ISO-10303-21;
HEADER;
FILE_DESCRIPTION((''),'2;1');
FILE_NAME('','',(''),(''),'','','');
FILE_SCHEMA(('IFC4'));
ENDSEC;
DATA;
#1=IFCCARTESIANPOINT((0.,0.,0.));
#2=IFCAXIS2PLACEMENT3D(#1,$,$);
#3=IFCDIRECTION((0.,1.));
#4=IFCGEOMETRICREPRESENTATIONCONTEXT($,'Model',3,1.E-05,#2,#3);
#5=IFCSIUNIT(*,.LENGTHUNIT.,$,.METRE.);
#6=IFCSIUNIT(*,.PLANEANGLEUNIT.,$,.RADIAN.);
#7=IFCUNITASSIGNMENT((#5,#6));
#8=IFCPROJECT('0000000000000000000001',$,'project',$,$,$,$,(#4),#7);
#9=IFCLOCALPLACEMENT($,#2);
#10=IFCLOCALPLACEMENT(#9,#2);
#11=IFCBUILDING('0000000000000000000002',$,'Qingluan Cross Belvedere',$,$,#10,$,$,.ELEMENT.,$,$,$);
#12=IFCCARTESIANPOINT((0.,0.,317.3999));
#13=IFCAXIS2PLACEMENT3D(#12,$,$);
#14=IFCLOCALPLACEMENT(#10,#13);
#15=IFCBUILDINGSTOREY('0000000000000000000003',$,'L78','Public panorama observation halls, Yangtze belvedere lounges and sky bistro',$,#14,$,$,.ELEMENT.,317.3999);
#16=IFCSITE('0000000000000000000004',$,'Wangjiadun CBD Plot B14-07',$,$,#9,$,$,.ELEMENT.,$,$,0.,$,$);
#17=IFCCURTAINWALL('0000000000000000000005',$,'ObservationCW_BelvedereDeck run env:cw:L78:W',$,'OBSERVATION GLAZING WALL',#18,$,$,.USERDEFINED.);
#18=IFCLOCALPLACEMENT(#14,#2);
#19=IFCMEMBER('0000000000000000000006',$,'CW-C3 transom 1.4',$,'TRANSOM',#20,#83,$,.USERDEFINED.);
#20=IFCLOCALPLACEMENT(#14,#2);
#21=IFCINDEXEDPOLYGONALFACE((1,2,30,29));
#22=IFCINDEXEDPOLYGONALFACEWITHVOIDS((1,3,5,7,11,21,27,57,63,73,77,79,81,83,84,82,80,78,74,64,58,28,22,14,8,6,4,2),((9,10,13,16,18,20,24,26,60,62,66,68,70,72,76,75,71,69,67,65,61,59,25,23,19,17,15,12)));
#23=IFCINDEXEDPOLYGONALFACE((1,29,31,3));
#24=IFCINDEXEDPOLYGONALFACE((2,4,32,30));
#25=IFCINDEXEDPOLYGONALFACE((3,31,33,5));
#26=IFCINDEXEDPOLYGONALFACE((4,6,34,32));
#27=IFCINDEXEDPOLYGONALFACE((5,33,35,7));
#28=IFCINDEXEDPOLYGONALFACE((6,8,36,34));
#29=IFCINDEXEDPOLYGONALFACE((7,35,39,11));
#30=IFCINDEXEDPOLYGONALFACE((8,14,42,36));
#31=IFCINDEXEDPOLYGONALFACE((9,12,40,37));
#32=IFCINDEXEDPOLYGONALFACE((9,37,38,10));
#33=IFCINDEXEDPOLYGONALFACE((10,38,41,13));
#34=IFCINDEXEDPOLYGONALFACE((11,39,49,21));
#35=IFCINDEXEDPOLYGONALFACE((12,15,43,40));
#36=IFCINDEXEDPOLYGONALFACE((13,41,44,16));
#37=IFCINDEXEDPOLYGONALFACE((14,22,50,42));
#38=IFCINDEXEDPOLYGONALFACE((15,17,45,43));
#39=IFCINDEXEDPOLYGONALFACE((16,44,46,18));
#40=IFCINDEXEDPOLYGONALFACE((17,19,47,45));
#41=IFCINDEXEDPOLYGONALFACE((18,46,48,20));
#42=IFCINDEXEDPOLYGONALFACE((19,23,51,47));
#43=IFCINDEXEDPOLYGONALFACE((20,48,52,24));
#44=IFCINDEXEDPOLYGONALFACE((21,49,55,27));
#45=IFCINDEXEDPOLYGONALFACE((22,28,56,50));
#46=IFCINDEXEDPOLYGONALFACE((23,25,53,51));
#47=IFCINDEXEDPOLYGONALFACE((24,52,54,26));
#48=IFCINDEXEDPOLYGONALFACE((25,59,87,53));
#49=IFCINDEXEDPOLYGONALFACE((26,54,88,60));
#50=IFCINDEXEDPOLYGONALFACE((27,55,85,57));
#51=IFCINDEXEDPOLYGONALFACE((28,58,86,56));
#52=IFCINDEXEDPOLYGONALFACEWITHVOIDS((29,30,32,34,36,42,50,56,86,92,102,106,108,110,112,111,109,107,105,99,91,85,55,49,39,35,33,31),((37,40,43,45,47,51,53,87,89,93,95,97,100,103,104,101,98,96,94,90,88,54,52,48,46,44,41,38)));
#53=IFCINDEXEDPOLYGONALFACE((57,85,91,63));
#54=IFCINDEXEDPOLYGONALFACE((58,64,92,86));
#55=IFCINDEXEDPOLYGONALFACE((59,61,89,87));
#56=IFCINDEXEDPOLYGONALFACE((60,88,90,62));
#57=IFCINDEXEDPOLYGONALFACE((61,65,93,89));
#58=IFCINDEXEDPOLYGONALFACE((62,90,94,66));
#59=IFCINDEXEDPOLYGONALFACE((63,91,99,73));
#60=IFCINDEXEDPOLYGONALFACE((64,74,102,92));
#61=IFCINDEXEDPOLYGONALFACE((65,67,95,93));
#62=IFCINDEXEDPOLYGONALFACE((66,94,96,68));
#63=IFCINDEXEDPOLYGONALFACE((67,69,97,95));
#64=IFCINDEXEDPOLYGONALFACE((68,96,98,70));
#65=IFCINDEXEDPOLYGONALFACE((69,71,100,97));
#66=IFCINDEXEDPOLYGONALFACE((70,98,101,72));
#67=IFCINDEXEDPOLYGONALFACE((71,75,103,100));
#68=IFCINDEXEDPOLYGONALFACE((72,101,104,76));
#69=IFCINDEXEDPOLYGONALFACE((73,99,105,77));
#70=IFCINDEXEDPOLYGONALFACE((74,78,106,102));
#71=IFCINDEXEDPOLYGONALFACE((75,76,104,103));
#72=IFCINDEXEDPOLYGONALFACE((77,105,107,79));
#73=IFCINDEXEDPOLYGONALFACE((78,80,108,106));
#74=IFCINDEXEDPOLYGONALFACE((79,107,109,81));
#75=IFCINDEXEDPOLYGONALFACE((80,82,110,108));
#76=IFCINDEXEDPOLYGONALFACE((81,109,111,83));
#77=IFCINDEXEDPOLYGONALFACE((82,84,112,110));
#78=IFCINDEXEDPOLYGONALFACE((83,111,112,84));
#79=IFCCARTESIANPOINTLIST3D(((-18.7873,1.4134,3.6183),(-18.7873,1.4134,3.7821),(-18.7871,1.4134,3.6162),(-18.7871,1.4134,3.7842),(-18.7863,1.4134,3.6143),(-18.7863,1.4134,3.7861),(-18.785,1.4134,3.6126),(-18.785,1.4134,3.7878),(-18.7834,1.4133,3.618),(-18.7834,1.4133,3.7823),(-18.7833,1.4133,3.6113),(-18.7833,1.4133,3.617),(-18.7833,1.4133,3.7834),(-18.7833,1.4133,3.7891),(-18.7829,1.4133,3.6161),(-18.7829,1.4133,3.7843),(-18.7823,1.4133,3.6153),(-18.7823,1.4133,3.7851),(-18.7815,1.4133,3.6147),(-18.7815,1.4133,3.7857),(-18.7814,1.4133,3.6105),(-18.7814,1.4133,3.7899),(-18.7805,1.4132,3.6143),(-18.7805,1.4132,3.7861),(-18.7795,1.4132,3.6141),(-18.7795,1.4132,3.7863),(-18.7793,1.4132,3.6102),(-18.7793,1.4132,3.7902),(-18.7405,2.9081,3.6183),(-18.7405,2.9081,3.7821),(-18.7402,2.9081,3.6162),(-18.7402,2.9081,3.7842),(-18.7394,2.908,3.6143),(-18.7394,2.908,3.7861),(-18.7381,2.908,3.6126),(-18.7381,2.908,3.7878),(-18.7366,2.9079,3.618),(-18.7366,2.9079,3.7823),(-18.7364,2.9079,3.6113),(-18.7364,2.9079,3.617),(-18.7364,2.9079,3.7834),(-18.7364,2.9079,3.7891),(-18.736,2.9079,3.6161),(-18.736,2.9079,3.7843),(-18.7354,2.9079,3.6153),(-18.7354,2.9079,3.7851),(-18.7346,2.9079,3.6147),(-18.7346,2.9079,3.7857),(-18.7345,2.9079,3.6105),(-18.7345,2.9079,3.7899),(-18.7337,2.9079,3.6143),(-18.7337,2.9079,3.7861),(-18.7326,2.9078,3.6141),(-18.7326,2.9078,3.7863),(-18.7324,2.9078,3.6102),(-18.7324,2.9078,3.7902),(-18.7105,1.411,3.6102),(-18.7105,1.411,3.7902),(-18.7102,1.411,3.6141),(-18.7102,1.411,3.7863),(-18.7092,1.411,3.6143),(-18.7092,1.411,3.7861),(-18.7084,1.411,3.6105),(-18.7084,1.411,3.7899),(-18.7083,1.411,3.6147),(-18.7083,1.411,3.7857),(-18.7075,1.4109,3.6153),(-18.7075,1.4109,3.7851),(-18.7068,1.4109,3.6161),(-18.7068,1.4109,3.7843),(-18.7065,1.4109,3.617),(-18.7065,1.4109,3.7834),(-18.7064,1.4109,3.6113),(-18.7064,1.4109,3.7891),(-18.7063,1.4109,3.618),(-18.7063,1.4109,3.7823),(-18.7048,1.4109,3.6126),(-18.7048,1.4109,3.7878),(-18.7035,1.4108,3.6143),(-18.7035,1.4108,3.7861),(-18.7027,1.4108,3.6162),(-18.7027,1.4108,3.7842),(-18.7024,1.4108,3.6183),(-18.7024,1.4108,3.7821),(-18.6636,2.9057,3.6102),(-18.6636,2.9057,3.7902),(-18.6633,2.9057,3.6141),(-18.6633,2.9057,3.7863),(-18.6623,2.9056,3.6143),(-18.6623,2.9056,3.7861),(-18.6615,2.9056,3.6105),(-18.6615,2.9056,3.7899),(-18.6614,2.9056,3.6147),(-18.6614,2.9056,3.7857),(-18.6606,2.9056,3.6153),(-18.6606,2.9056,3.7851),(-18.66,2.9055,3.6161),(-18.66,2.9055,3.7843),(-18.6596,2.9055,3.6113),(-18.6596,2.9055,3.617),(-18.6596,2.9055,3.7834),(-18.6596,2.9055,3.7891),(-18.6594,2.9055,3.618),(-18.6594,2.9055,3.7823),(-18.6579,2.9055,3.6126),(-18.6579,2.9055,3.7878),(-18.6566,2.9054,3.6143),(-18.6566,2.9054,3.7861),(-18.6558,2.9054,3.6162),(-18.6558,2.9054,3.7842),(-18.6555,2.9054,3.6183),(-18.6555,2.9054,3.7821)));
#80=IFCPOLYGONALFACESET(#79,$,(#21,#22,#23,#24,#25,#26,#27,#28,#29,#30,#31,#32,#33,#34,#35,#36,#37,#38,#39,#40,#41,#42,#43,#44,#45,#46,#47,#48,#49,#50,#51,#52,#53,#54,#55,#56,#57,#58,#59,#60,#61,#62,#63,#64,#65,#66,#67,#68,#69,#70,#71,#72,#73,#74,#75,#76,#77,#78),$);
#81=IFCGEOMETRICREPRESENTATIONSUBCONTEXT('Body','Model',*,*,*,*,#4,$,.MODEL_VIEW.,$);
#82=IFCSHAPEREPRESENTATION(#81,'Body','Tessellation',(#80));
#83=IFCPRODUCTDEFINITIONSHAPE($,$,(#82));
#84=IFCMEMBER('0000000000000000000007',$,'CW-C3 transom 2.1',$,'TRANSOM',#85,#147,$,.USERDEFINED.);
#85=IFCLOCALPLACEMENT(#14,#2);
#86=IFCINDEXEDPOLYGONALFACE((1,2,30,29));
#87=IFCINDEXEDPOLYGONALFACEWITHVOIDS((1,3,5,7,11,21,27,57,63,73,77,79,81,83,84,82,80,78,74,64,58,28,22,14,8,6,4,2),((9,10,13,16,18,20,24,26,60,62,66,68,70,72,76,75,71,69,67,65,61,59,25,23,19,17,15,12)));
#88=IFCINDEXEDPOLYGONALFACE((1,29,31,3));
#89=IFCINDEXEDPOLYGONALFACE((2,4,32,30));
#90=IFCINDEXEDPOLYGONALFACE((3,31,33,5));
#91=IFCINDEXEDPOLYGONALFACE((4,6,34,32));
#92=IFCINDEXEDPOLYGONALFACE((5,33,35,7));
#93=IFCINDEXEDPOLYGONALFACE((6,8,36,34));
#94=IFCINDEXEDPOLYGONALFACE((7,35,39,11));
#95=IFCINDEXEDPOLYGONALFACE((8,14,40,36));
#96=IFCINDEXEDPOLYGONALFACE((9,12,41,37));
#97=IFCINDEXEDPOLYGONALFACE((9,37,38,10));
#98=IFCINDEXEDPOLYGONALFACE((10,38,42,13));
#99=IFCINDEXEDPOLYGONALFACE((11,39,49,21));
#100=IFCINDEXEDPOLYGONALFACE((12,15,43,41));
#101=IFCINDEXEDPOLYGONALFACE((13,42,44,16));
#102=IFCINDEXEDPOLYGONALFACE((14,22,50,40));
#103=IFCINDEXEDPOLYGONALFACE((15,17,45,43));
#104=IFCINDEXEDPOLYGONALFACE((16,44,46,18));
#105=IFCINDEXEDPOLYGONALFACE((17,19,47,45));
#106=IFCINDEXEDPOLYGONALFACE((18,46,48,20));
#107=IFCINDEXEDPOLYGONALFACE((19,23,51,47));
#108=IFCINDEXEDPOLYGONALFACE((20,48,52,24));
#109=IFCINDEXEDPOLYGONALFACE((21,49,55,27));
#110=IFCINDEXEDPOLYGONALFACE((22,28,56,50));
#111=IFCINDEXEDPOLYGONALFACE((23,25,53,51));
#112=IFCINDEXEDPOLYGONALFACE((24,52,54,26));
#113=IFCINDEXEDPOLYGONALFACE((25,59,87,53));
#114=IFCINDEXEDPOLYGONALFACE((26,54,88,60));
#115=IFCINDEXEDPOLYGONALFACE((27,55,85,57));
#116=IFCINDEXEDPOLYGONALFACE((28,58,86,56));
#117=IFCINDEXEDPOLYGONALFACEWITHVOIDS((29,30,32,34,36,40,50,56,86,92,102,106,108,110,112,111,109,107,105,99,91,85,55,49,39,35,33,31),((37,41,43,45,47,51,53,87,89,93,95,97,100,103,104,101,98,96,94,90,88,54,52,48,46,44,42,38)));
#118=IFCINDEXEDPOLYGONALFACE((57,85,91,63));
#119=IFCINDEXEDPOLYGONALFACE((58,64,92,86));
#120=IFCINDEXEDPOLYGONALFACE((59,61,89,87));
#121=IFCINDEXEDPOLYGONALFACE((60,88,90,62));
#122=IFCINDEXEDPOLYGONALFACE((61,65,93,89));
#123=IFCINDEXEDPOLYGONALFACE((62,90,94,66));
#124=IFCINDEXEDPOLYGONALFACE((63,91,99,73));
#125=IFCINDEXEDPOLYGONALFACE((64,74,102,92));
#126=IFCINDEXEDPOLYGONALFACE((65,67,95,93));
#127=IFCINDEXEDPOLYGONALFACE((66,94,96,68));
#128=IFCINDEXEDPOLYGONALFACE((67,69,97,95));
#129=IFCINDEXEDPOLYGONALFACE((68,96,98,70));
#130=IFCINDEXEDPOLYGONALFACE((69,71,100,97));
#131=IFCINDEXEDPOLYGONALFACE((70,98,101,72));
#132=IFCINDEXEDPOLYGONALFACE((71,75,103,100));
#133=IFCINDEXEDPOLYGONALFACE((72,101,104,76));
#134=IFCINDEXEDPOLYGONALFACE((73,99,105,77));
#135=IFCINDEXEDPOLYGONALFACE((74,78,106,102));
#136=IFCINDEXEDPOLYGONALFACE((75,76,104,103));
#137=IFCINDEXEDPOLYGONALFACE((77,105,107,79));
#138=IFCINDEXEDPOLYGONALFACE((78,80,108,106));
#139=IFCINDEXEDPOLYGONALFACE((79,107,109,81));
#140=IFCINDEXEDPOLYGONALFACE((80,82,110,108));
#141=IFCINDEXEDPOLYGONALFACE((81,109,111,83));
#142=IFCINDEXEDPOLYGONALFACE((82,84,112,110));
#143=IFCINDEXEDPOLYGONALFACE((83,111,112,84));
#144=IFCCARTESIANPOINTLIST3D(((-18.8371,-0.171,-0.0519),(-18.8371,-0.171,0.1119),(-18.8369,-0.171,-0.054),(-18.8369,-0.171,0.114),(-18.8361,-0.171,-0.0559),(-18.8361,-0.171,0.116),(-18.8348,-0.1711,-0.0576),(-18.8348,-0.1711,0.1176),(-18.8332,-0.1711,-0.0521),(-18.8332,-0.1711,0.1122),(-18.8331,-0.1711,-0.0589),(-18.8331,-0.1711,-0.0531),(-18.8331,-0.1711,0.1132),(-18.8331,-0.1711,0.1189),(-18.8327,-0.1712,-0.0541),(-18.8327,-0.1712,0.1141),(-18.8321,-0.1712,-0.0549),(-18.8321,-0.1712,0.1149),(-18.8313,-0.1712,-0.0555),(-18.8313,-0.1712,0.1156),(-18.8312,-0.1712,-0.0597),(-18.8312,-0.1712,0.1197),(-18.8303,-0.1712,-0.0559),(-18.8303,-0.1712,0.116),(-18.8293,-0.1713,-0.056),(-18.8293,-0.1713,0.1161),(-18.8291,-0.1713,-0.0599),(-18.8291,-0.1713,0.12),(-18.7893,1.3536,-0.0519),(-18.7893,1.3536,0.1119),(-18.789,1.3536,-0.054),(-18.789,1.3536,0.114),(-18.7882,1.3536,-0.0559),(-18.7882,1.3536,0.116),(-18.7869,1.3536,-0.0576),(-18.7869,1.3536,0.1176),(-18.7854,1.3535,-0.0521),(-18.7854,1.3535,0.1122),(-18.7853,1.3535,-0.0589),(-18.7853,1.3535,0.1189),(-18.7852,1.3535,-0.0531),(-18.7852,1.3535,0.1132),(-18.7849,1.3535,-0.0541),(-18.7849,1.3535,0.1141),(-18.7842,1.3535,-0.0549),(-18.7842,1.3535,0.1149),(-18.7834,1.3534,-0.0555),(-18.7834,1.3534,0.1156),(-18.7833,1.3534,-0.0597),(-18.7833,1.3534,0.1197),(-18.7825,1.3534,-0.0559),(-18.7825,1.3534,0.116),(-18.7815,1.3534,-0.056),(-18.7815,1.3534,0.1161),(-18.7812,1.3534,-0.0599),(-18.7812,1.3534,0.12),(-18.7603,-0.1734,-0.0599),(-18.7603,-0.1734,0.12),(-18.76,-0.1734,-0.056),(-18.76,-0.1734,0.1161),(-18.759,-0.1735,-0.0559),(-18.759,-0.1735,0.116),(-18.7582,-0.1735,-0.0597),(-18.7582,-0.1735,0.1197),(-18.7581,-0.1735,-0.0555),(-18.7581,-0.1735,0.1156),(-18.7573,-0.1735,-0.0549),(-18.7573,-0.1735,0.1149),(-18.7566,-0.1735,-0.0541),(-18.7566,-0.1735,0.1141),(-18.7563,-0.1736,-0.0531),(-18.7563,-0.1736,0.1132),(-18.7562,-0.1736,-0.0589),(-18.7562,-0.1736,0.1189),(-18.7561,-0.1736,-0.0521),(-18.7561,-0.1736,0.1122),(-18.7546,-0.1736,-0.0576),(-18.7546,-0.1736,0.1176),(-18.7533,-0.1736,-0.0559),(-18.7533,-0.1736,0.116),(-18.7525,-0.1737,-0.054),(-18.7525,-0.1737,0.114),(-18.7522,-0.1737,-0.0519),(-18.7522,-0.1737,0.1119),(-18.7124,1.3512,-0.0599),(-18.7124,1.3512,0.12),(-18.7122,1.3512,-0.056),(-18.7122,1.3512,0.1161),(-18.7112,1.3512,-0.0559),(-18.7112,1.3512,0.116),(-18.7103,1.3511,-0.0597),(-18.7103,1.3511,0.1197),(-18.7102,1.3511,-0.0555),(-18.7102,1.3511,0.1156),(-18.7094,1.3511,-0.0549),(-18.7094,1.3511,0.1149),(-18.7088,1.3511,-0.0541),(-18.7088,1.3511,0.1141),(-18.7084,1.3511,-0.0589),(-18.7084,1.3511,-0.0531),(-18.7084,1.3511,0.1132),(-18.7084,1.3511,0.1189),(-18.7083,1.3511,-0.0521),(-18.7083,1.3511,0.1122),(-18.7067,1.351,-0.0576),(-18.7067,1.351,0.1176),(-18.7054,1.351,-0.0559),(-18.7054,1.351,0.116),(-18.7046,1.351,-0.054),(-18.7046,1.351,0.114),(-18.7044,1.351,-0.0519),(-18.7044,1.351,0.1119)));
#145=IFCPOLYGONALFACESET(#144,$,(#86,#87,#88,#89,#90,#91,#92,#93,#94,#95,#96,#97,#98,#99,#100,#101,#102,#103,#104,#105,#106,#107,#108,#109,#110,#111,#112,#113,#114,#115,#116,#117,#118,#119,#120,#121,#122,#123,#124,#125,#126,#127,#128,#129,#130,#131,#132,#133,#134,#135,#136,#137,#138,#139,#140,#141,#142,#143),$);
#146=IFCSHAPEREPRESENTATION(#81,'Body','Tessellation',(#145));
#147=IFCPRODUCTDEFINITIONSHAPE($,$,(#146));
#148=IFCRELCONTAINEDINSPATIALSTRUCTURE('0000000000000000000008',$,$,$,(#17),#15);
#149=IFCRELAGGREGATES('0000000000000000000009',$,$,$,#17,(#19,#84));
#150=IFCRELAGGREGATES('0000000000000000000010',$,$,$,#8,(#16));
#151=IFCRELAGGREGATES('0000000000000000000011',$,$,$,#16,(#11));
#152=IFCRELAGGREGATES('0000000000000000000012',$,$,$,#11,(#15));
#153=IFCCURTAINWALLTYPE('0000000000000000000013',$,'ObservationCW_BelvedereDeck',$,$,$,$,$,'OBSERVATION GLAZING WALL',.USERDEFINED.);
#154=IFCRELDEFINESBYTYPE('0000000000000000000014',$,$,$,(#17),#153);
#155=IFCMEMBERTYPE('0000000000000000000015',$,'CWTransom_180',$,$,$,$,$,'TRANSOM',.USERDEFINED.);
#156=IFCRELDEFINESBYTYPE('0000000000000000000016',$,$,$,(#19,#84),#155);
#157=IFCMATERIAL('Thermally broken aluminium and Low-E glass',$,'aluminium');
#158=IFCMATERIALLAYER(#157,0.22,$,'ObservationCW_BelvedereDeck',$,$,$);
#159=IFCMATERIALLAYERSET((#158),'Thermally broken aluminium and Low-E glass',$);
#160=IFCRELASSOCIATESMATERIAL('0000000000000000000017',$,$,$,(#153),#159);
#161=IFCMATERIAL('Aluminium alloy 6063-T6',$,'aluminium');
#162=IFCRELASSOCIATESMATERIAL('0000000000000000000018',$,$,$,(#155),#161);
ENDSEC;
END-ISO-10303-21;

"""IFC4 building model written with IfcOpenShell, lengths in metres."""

from ifc_helpers import new_model, si_unit, direction, frame, origin, origin_2d, place, context, subcontext, project, spatial, hollow_rectangle, extrude, material, layer, layer_set, material_profile, profile_set, type_object, element, aggregate, save


model = new_model("IFC4")

# Units and contexts
model_context = context("Model", 3, precision=1e-05, world=origin(), true_north=direction((0.0, 1.0)))
body_context = subcontext(model_context, "Body", "Model", "MODEL_VIEW")
ifc_project = project(units=[si_unit("LENGTHUNIT", "METRE"), si_unit("PLANEANGLEUNIT", "RADIAN")], contexts=[model_context])

# Site, building, storey
site_placement = place(None, origin())
site = spatial("IfcSite", under=ifc_project, at=site_placement, Name="Wangjiadun CBD Plot B14-07", CompositionType="ELEMENT", RefElevation=0.0)
building_placement = place(site_placement, origin())
building = spatial("IfcBuilding", under=site, at=building_placement, Name="Qingluan Cross Belvedere", CompositionType="ELEMENT")
storey_placement = place(building_placement, frame((0.0, 0.0, 317.3999)))
storey = spatial("IfcBuildingStorey", under=building, at=storey_placement, Name="L78", Description="Public panorama observation halls, Yangtze belvedere lounges and sky bistro", CompositionType="ELEMENT", Elevation=317.3999)

# Curtain wall, members
ifc_material_1 = material(Name="Thermally broken aluminium and Low-E glass", Category="aluminium")
ifc_layer_1 = layer(ifc_material_1, 0.22, Name="ObservationCW_BelvedereDeck")
ifc_layer_set_1 = layer_set([ifc_layer_1], Name="Thermally broken aluminium and Low-E glass")
curtain_wall_type = type_object("IfcCurtainWallType", Name="ObservationCW_BelvedereDeck", ElementType="OBSERVATION GLAZING WALL", PredefinedType="USERDEFINED", material=ifc_layer_set_1)
curtain_wall_placement = place(storey_placement, origin())
curtain_wall = element("IfcCurtainWall", 1, at=curtain_wall_placement, inside=storey, type_object=curtain_wall_type, Name="ObservationCW_BelvedereDeck run env:cw:L78:W", ObjectType="OBSERVATION GLAZING WALL", PredefinedType="USERDEFINED")
ifc_material_2 = material(Name="Aluminium alloy 6063-T6", Category="aluminium")
ifc_material_profile_1 = material_profile(ifc_material_2, hollow_rectangle(XDim=0.085, YDim=0.1799, WallThickness=0.0039, InnerFilletRadius=0.0039, OuterFilletRadius=0.0081, at=origin_2d()), Name="CWT180x85x4")
ifc_profile_set_1 = profile_set([ifc_material_profile_1], Name="Aluminium alloy 6063-T6")
member_type_1 = type_object("IfcMemberType", Name="CWTransom_180", ElementType="TRANSOM", PredefinedType="USERDEFINED", material=ifc_profile_set_1)
member_1_placement = place(storey_placement, frame((-18.698, 2.9067, 3.7002), z_axis=(-0.031347, -0.999509, 0.0), x_axis=(0.999509, -0.031347, 0.0)))
member_1 = element("IfcMember", 2, at=member_1_placement, type_object=member_type_1, Name="CW-C3 transom 1.4", ObjectType="TRANSOM", PredefinedType="USERDEFINED", context=body_context, shape_type="SweptSolid", body=[
    extrude(hollow_rectangle(XDim=0.085, YDim=0.1799, WallThickness=0.0039, InnerFilletRadius=0.0039, OuterFilletRadius=0.0081, at=origin_2d()), origin(), (0.0, 0.0, 1.0), 1.4954),
])
member_2_placement = place(storey_placement, frame((-18.7468, 1.3523, 0.03), z_axis=(-0.03137, -0.999508, 0.0), x_axis=(0.999508, -0.03137, 0.0)))
member_2 = element("IfcMember", 3, at=member_2_placement, type_object=member_type_1, Name="CW-C3 transom 2.1", ObjectType="TRANSOM", PredefinedType="USERDEFINED", context=body_context, shape_type="SweptSolid", body=[
    extrude(hollow_rectangle(XDim=0.085, YDim=0.1799, WallThickness=0.0039, InnerFilletRadius=0.0039, OuterFilletRadius=0.0081, at=origin_2d()), origin(), (0.0, 0.0, 1.0), 1.5254),
])

aggregate(curtain_wall, [member_1, member_2])

save(model, "model.ifc")
